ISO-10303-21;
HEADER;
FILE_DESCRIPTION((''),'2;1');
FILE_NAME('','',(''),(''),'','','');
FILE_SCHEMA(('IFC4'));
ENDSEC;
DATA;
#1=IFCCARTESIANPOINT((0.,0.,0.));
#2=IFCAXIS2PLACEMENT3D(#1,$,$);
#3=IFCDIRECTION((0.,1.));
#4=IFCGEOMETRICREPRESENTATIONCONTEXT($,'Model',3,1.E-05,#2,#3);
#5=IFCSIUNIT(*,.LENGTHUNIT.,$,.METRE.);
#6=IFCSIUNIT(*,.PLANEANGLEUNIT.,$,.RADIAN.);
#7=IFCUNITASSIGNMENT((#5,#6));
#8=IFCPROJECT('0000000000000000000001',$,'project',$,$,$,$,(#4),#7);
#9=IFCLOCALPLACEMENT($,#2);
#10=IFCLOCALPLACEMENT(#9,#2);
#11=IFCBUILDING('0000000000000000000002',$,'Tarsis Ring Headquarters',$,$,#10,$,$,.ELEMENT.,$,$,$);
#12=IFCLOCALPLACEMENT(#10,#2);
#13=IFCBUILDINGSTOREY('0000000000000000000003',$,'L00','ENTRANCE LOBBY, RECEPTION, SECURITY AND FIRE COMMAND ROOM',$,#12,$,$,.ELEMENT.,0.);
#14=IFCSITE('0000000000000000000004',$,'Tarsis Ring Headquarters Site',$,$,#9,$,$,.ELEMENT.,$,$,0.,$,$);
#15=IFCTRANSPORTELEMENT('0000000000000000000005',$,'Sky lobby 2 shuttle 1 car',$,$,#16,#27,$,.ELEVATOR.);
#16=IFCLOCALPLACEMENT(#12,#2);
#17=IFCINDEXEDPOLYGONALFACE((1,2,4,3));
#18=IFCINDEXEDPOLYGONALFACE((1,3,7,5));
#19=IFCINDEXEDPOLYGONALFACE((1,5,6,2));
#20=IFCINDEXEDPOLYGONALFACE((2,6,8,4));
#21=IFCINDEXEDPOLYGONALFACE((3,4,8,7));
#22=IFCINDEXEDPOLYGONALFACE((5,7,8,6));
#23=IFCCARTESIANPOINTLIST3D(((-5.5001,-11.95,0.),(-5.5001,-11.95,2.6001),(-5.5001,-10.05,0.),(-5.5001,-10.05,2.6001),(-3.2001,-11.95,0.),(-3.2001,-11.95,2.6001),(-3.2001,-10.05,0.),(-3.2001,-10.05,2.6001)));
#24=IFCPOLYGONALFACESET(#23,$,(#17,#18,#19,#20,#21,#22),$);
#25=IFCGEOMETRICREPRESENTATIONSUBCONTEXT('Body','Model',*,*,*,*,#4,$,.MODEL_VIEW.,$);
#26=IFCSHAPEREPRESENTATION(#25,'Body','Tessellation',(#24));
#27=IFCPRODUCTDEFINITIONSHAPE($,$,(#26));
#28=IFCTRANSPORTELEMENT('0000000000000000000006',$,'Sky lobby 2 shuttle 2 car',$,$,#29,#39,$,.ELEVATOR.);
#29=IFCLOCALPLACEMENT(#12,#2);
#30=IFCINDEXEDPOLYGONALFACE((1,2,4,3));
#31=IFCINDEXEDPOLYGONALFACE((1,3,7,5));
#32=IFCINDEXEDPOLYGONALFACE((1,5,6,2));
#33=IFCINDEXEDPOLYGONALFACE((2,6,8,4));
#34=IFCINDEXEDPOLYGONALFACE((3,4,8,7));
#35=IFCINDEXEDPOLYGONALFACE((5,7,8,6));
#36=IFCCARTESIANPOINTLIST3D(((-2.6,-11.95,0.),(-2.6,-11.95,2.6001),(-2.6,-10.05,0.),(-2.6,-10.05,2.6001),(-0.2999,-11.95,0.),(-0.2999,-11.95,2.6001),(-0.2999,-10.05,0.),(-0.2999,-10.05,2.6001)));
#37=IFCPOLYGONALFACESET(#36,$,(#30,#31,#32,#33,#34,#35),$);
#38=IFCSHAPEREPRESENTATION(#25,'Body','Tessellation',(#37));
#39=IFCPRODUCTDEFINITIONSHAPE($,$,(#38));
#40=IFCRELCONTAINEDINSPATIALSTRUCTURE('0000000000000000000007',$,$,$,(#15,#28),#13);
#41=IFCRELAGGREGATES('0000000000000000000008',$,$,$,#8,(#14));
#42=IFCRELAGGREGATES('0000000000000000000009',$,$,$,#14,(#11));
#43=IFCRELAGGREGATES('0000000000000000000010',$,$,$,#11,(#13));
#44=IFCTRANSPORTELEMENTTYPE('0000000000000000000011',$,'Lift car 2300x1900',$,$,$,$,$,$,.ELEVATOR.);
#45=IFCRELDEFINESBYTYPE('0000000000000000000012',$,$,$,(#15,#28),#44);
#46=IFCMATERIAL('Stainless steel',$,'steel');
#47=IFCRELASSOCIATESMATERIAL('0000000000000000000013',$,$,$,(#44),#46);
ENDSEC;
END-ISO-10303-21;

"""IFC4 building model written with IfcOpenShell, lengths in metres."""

from ifc_helpers import new_model, si_unit, direction, frame, origin, origin_2d, place, context, subcontext, project, spatial, rectangle, extrude, material, type_object, element, save


model = new_model("IFC4")

# Units and contexts
model_context = context("Model", 3, precision=1e-05, world=origin(), true_north=direction((0.0, 1.0)))
body_context = subcontext(model_context, "Body", "Model", "MODEL_VIEW")
ifc_project = project(units=[si_unit("LENGTHUNIT", "METRE"), si_unit("PLANEANGLEUNIT", "RADIAN")], contexts=[model_context])

# Site, building, storey
site_placement = place(None, origin())
site = spatial("IfcSite", under=ifc_project, at=site_placement, Name="Tarsis Ring Headquarters Site", CompositionType="ELEMENT", RefElevation=0.0)
building_placement = place(site_placement, origin())
building = spatial("IfcBuilding", under=site, at=building_placement, Name="Tarsis Ring Headquarters", CompositionType="ELEMENT")
storey_placement = place(building_placement, origin())
storey = spatial("IfcBuildingStorey", under=building, at=storey_placement, Name="L00", Description="ENTRANCE LOBBY, RECEPTION, SECURITY AND FIRE COMMAND ROOM", CompositionType="ELEMENT", Elevation=0.0)

# Transport elements
ifc_material_1 = material(Name="Stainless steel", Category="steel")
transport_element_type_1 = type_object("IfcTransportElementType", Name="Lift car 2300x1900", PredefinedType="ELEVATOR", material=ifc_material_1)
for number, where, z_axis, x_axis, name in (
    (1, (-4.3501, -11.0, 0.0), (0.0, 0.0, 1.0), (1.0, 0.0, 0.0), "Sky lobby 2 shuttle 1 car"),
    (2, (-1.45, -11.0, 0.0), (0.0, 0.0, 1.0), (1.0, 0.0, 0.0), "Sky lobby 2 shuttle 2 car"),
):
    element("IfcTransportElement", number, at=place(storey_placement, frame(where, z_axis=z_axis, x_axis=x_axis)), inside=storey, type_object=transport_element_type_1, Name=name, PredefinedType="ELEVATOR", context=body_context, shape_type="SweptSolid", body=[
        extrude(rectangle(XDim=2.3, YDim=1.8999, at=origin_2d()), origin(), (0.0, 0.0, 1.0), 2.6001),
    ])

save(model, "model.ifc")
